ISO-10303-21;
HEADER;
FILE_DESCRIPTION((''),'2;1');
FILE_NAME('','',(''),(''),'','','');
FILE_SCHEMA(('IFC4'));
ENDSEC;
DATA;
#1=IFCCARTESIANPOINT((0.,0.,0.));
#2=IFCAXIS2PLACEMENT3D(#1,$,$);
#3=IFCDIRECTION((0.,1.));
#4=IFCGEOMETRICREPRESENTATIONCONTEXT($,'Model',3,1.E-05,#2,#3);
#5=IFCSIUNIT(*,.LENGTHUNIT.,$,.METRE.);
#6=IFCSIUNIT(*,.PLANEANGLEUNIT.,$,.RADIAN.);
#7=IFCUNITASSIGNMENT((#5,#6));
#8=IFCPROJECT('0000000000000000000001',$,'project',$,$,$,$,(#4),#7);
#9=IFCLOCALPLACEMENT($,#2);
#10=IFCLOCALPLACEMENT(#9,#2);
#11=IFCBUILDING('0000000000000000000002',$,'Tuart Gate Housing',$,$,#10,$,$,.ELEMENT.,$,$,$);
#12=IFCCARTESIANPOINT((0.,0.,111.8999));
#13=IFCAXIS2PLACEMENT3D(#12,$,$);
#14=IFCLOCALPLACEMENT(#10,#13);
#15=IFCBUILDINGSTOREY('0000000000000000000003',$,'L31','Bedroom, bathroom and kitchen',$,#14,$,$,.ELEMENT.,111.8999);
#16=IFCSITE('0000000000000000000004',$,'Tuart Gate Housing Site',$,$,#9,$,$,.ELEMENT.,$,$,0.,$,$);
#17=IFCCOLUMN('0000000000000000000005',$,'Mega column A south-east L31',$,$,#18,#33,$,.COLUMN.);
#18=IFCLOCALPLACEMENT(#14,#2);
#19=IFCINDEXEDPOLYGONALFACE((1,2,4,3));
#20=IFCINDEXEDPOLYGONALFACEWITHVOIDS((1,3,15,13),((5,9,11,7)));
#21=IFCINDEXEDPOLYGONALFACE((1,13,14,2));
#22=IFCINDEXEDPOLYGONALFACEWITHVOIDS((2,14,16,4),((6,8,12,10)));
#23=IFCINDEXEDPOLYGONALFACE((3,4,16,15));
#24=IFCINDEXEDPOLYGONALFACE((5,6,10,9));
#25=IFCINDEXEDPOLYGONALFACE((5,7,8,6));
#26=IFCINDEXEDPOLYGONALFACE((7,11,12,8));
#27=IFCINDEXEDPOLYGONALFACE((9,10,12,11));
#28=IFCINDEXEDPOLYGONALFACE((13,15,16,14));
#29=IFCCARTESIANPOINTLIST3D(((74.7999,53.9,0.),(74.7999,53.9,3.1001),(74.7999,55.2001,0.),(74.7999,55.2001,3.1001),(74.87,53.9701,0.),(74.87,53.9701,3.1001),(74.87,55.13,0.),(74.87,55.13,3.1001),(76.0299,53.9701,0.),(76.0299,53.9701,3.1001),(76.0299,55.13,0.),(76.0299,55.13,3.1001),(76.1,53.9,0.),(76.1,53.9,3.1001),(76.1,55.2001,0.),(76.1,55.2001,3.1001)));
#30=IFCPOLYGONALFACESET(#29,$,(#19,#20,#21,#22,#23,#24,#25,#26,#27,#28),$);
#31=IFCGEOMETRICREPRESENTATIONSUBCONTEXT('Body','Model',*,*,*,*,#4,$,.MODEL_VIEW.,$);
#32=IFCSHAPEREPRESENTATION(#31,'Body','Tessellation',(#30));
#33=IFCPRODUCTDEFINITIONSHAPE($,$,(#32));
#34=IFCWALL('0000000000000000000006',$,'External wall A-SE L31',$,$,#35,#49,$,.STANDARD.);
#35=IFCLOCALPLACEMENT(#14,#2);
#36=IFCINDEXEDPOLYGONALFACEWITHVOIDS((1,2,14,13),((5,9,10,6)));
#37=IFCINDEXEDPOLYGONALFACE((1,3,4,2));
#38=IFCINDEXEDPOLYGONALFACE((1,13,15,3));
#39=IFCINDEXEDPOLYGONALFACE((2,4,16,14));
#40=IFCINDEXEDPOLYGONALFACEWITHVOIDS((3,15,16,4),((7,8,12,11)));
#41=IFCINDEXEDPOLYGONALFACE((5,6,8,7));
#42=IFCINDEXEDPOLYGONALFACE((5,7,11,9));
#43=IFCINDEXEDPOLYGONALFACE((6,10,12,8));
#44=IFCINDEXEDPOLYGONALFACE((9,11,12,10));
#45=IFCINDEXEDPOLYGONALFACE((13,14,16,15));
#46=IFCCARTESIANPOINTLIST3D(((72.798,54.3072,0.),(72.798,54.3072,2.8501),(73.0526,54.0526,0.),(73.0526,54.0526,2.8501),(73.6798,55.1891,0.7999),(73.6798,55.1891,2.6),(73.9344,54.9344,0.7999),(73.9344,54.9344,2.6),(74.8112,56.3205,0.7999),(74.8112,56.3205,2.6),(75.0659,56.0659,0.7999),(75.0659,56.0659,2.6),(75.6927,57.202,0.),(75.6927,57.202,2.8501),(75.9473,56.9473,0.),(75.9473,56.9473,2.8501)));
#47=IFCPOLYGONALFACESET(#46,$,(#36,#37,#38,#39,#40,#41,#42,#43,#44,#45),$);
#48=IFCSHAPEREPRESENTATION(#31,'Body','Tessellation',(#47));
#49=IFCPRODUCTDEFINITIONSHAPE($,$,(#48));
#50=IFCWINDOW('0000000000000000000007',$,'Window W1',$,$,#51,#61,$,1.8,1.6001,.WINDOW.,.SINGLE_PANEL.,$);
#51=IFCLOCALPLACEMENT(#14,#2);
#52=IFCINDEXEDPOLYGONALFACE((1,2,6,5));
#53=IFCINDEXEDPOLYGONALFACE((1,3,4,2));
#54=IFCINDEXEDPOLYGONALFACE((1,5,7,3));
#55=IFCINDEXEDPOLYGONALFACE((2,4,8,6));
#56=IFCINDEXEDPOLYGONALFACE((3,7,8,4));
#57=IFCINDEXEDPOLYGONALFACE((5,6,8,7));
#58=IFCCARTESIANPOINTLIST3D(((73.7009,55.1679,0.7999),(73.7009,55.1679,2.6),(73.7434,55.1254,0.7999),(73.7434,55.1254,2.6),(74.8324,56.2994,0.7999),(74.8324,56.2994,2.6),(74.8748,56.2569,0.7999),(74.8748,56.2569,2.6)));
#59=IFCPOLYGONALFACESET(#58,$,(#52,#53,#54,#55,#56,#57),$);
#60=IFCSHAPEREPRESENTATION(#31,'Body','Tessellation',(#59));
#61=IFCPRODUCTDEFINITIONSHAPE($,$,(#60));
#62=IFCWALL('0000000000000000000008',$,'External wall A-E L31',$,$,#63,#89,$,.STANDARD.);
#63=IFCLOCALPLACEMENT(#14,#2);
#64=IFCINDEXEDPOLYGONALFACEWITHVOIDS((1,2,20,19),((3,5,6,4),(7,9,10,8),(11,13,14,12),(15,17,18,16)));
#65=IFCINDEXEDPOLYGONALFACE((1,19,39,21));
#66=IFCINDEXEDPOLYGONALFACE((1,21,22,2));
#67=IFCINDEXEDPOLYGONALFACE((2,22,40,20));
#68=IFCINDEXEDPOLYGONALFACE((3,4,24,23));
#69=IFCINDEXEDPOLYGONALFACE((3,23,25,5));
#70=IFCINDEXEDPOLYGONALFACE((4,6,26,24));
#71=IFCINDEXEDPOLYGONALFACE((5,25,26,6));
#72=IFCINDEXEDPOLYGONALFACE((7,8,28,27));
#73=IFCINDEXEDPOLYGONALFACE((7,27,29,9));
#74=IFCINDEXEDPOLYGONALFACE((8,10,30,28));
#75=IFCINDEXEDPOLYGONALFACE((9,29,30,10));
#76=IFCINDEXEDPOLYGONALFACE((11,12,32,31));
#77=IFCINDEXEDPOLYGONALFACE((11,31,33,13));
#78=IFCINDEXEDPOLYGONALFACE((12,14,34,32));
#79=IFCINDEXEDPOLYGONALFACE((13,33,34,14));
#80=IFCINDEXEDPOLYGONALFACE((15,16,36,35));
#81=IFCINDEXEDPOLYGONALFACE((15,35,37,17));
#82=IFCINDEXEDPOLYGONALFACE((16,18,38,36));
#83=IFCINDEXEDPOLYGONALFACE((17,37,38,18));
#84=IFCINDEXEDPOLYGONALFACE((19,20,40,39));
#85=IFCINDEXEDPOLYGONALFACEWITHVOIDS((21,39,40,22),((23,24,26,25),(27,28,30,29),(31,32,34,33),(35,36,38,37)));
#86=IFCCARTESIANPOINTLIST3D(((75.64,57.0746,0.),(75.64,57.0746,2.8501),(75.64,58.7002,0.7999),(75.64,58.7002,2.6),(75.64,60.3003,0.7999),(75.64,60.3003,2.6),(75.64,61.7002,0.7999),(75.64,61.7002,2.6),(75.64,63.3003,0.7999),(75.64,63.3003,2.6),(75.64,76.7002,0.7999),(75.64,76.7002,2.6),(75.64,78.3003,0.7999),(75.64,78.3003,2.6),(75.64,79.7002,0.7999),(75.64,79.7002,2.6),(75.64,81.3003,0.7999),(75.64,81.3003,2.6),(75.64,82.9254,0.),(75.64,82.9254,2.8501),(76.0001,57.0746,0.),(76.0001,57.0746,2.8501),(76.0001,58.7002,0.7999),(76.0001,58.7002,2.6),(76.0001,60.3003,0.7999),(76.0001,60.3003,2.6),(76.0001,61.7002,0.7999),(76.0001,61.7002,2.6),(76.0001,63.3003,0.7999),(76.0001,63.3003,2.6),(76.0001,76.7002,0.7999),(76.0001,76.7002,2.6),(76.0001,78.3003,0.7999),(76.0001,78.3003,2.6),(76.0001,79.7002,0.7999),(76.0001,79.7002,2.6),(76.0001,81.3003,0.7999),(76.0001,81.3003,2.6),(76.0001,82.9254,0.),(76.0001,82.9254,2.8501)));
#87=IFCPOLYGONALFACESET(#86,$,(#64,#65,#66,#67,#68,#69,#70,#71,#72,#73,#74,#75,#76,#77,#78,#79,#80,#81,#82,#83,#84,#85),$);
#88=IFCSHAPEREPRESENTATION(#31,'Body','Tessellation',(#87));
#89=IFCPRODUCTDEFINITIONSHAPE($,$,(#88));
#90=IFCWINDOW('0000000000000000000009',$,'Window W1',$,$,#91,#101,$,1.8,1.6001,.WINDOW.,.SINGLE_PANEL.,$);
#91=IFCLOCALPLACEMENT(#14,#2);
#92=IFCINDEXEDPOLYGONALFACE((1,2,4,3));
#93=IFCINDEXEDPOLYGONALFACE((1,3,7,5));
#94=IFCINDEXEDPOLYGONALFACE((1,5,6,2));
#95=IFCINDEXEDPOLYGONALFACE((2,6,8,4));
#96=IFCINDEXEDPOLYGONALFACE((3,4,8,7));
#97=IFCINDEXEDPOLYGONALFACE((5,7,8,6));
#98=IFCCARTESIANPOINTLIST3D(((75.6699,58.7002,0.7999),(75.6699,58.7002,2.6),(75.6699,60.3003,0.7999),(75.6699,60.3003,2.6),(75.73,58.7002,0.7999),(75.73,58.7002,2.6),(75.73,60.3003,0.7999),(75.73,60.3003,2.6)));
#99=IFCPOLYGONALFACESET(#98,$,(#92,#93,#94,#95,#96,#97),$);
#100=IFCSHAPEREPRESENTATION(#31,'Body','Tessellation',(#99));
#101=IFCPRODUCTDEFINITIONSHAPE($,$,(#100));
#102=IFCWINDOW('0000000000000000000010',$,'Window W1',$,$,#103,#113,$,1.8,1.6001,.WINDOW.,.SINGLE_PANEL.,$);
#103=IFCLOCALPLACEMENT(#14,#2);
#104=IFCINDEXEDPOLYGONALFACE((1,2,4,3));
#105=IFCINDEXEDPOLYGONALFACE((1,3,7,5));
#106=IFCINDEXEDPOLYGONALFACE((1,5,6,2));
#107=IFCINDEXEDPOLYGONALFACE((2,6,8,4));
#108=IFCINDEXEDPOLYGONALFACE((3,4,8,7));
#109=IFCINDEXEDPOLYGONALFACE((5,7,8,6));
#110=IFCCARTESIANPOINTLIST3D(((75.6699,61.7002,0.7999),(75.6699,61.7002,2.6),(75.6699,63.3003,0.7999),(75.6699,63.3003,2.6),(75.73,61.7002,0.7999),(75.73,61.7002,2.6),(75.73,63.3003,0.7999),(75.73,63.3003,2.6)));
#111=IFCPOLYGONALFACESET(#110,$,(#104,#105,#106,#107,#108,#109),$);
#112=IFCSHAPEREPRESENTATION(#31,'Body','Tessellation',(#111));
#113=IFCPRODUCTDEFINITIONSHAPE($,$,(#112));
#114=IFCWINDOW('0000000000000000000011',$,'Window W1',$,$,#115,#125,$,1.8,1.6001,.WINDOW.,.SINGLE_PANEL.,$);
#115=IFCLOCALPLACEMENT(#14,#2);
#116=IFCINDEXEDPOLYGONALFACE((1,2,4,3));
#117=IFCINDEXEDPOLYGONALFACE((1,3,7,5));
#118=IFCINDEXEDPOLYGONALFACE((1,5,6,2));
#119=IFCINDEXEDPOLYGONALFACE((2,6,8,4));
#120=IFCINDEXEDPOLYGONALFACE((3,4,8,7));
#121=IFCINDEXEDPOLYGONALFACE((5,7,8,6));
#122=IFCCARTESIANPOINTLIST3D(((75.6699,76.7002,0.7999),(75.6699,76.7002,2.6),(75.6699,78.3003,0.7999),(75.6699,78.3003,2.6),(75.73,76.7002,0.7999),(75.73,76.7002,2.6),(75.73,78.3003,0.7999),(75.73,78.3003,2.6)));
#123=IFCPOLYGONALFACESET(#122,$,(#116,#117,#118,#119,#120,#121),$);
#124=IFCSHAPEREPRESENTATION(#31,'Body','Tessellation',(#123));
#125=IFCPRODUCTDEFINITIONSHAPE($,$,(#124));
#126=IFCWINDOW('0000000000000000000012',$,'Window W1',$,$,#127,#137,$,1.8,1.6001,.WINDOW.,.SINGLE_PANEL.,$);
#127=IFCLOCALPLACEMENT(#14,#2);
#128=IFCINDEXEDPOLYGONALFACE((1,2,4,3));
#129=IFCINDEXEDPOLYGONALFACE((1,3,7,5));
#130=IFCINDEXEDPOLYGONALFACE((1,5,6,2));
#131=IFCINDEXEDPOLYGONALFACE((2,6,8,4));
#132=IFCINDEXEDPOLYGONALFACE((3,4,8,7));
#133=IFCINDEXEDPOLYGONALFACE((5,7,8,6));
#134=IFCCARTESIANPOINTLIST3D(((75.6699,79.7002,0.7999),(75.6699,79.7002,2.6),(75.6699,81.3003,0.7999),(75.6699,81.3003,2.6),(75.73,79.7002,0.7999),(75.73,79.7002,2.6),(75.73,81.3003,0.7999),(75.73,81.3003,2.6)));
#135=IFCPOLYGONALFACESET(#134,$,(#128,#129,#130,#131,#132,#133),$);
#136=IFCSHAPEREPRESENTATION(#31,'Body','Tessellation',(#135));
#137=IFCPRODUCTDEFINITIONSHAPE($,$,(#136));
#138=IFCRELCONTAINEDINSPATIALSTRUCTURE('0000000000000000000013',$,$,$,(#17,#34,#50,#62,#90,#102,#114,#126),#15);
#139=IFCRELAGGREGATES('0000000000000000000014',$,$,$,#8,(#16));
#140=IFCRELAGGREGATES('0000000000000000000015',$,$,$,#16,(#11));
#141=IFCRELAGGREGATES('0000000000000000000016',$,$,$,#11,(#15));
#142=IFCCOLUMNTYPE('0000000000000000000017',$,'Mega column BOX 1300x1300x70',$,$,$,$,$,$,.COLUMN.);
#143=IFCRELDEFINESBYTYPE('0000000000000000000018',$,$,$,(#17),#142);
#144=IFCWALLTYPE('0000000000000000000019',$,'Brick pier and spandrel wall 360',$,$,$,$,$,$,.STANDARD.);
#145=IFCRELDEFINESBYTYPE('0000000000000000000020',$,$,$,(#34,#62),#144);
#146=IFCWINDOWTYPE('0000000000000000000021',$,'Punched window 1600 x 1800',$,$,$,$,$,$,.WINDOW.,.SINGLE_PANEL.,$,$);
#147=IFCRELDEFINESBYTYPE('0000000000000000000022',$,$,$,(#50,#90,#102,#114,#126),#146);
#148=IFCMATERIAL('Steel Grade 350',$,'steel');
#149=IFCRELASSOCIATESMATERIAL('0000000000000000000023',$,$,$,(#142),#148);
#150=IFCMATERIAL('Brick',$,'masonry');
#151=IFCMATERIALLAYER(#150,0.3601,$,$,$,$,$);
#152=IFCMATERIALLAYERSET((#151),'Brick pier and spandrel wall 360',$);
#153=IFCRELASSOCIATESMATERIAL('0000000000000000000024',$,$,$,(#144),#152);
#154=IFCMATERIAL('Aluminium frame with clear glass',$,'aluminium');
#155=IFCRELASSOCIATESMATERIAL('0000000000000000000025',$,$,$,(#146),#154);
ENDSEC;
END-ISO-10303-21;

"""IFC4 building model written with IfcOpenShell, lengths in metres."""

from ifc_helpers import new_model, si_unit, direction, frame, frame_2d, origin, origin_2d, place, context, subcontext, project, spatial, rectangle, hollow_rectangle, extrude, material, layer, layer_set, material_profile, profile_set, type_object, element, fill, save


model = new_model("IFC4")

# Units and contexts
model_context = context("Model", 3, precision=1e-05, world=origin(), true_north=direction((0.0, 1.0)))
body_context = subcontext(model_context, "Body", "Model", "MODEL_VIEW")
ifc_project = project(units=[si_unit("LENGTHUNIT", "METRE"), si_unit("PLANEANGLEUNIT", "RADIAN")], contexts=[model_context])

# Site, building, storey
site_placement = place(None, origin())
site = spatial("IfcSite", under=ifc_project, at=site_placement, Name="Tuart Gate Housing Site", CompositionType="ELEMENT", RefElevation=0.0)
building_placement = place(site_placement, origin())
building = spatial("IfcBuilding", under=site, at=building_placement, Name="Tuart Gate Housing", CompositionType="ELEMENT")
storey_placement = place(building_placement, frame((0.0, 0.0, 111.8999)))
storey = spatial("IfcBuildingStorey", under=building, at=storey_placement, Name="L31", Description="Bedroom, bathroom and kitchen", CompositionType="ELEMENT", Elevation=111.8999)

# Column
ifc_material_1 = material(Name="Steel Grade 350", Category="steel")
ifc_material_profile = material_profile(ifc_material_1, hollow_rectangle(XDim=1.3, YDim=1.3, WallThickness=0.0701, at=origin_2d()), Name="BOX 1300x1300x70")
ifc_profile_set = profile_set([ifc_material_profile], Name="Steel Grade 350")
column_type = type_object("IfcColumnType", Name="Mega column BOX 1300x1300x70", PredefinedType="COLUMN", material=ifc_profile_set)
column_placement = place(storey_placement, frame((75.45, 54.55, 0.0), z_axis=(0.0, 0.0, 1.0), x_axis=(1.0, 0.0, 0.0)))
element("IfcColumn", 1, at=column_placement, inside=storey, type_object=column_type, Name="Mega column A south-east L31", PredefinedType="COLUMN", context=body_context, shape_type="SweptSolid", body=[
    extrude(hollow_rectangle(XDim=1.3, YDim=1.3, WallThickness=0.0701, at=origin_2d()), origin(), (0.0, 0.0, 1.0), 3.1001),
])

# Wall, opening, window
ifc_material_2 = material(Name="Brick", Category="masonry")
ifc_layer = layer(ifc_material_2, 0.3601)
ifc_layer_set = layer_set([ifc_layer], Name="Brick pier and spandrel wall 360")
wall_type = type_object("IfcWallType", Name="Brick pier and spandrel wall 360", PredefinedType="STANDARD", material=ifc_layer_set)
wall_1_placement = place(storey_placement, frame((72.9253, 54.1799, 0.0), z_axis=(0.0, 0.0, 1.0), x_axis=(0.707107, 0.707107, 0.0)))
wall_1 = element("IfcWall", 2, at=wall_1_placement, inside=storey, type_object=wall_type, Name="External wall A-SE L31", PredefinedType="STANDARD", context=body_context, shape_type="SweptSolid", body=[
    extrude(rectangle(XDim=4.0938, YDim=0.3601, at=frame_2d((2.0469, 0.0))), origin(), (0.0, 0.0, 1.0), 2.8501),
])
opening_1_placement = place(wall_1_placement, frame((1.2471, 0.0, 0.8)))
opening_1 = element("IfcOpeningElement", 3, at=opening_1_placement, cuts=wall_1, PredefinedType="OPENING", context=body_context, shape_type="SweptSolid", body=[
    extrude(rectangle(XDim=1.6001, YDim=1.8, at=frame_2d((0.8, 0.8999))), frame((0.0, 0.1899, 0.0), z_axis=(0.0, -1.0, 0.0), x_axis=(1.0, 0.0, 0.0)), (0.0, 0.0, 1.0), 0.3801),
])
ifc_material_3 = material(Name="Aluminium frame with clear glass", Category="aluminium")
window_type = type_object("IfcWindowType", Name="Punched window 1600 x 1800", PartitioningType="SINGLE_PANEL", PredefinedType="WINDOW", material=ifc_material_3)
window_1_placement = place(opening_1_placement, origin())
window_1 = element("IfcWindow", 4, at=window_1_placement, inside=storey, type_object=window_type, Name="Window W1", OverallHeight=1.8, OverallWidth=1.6001, PartitioningType="SINGLE_PANEL", PredefinedType="WINDOW", context=body_context, shape_type="SweptSolid", body=[
    extrude(rectangle(XDim=1.6001, YDim=1.8, at=frame_2d((0.8, 0.8999))), frame((0.0, 0.1501, 0.0), z_axis=(0.0, -1.0, 0.0), x_axis=(1.0, 0.0, 0.0)), (0.0, 0.0, 1.0), 0.0601),
])
fill(opening_1, window_1)

# Wall, openings, windows
wall_2_placement = place(storey_placement, frame((75.8201, 57.0747, 0.0), z_axis=(0.0, 0.0, 1.0), x_axis=(0.0, 1.0, 0.0)))
wall_2 = element("IfcWall", 5, at=wall_2_placement, inside=storey, type_object=wall_type, Name="External wall A-E L31", PredefinedType="STANDARD", context=body_context, shape_type="SweptSolid", body=[
    extrude(rectangle(XDim=25.8508, YDim=0.3601, at=frame_2d((12.9253, 0.0))), origin(), (0.0, 0.0, 1.0), 2.8501),
])
opening_2_placement = place(wall_2_placement, frame((1.6255, 0.0, 0.8)))
opening_2 = element("IfcOpeningElement", 6, at=opening_2_placement, cuts=wall_2, PredefinedType="OPENING", context=body_context, shape_type="SweptSolid", body=[
    extrude(rectangle(XDim=1.6001, YDim=1.8, at=frame_2d((0.8, 0.8999))), frame((0.0, 0.1899, 0.0), z_axis=(0.0, -1.0, 0.0), x_axis=(1.0, 0.0, 0.0)), (0.0, 0.0, 1.0), 0.3801),
])
opening_3_placement = place(wall_2_placement, frame((4.6255, 0.0, 0.8)))
opening_3 = element("IfcOpeningElement", 7, at=opening_3_placement, cuts=wall_2, PredefinedType="OPENING", context=body_context, shape_type="SweptSolid", body=[
    extrude(rectangle(XDim=1.6001, YDim=1.8, at=frame_2d((0.8, 0.8999))), frame((0.0, 0.1899, 0.0), z_axis=(0.0, -1.0, 0.0), x_axis=(1.0, 0.0, 0.0)), (0.0, 0.0, 1.0), 0.3801),
])
opening_4_placement = place(wall_2_placement, frame((19.6255, 0.0, 0.8)))
opening_4 = element("IfcOpeningElement", 8, at=opening_4_placement, cuts=wall_2, PredefinedType="OPENING", context=body_context, shape_type="SweptSolid", body=[
    extrude(rectangle(XDim=1.6001, YDim=1.8, at=frame_2d((0.8, 0.8999))), frame((0.0, 0.1899, 0.0), z_axis=(0.0, -1.0, 0.0), x_axis=(1.0, 0.0, 0.0)), (0.0, 0.0, 1.0), 0.3801),
])
opening_5_placement = place(wall_2_placement, frame((22.6255, 0.0, 0.8)))
opening_5 = element("IfcOpeningElement", 9, at=opening_5_placement, cuts=wall_2, PredefinedType="OPENING", context=body_context, shape_type="SweptSolid", body=[
    extrude(rectangle(XDim=1.6001, YDim=1.8, at=frame_2d((0.8, 0.8999))), frame((0.0, 0.1899, 0.0), z_axis=(0.0, -1.0, 0.0), x_axis=(1.0, 0.0, 0.0)), (0.0, 0.0, 1.0), 0.3801),
])
window_2_placement = place(opening_2_placement, origin())
window_2 = element("IfcWindow", 10, at=window_2_placement, inside=storey, type_object=window_type, Name="Window W1", OverallHeight=1.8, OverallWidth=1.6001, PartitioningType="SINGLE_PANEL", PredefinedType="WINDOW", context=body_context, shape_type="SweptSolid", body=[
    extrude(rectangle(XDim=1.6001, YDim=1.8, at=frame_2d((0.8, 0.8999))), frame((0.0, 0.1501, 0.0), z_axis=(0.0, -1.0, 0.0), x_axis=(1.0, 0.0, 0.0)), (0.0, 0.0, 1.0), 0.0601),
])
fill(opening_2, window_2)
window_3_placement = place(opening_3_placement, origin())
window_3 = element("IfcWindow", 11, at=window_3_placement, inside=storey, type_object=window_type, Name="Window W1", OverallHeight=1.8, OverallWidth=1.6001, PartitioningType="SINGLE_PANEL", PredefinedType="WINDOW", context=body_context, shape_type="SweptSolid", body=[
    extrude(rectangle(XDim=1.6001, YDim=1.8, at=frame_2d((0.8, 0.8999))), frame((0.0, 0.1501, 0.0), z_axis=(0.0, -1.0, 0.0), x_axis=(1.0, 0.0, 0.0)), (0.0, 0.0, 1.0), 0.0601),
])
fill(opening_3, window_3)
window_4_placement = place(opening_4_placement, origin())
window_4 = element("IfcWindow", 12, at=window_4_placement, inside=storey, type_object=window_type, Name="Window W1", OverallHeight=1.8, OverallWidth=1.6001, PartitioningType="SINGLE_PANEL", PredefinedType="WINDOW", context=body_context, shape_type="SweptSolid", body=[
    extrude(rectangle(XDim=1.6001, YDim=1.8, at=frame_2d((0.8, 0.8999))), frame((0.0, 0.1501, 0.0), z_axis=(0.0, -1.0, 0.0), x_axis=(1.0, 0.0, 0.0)), (0.0, 0.0, 1.0), 0.0601),
])
fill(opening_4, window_4)
window_5_placement = place(opening_5_placement, origin())
window_5 = element("IfcWindow", 13, at=window_5_placement, inside=storey, type_object=window_type, Name="Window W1", OverallHeight=1.8, OverallWidth=1.6001, PartitioningType="SINGLE_PANEL", PredefinedType="WINDOW", context=body_context, shape_type="SweptSolid", body=[
    extrude(rectangle(XDim=1.6001, YDim=1.8, at=frame_2d((0.8, 0.8999))), frame((0.0, 0.1501, 0.0), z_axis=(0.0, -1.0, 0.0), x_axis=(1.0, 0.0, 0.0)), (0.0, 0.0, 1.0), 0.0601),
])
fill(opening_5, window_5)

save(model, "model.ifc")
